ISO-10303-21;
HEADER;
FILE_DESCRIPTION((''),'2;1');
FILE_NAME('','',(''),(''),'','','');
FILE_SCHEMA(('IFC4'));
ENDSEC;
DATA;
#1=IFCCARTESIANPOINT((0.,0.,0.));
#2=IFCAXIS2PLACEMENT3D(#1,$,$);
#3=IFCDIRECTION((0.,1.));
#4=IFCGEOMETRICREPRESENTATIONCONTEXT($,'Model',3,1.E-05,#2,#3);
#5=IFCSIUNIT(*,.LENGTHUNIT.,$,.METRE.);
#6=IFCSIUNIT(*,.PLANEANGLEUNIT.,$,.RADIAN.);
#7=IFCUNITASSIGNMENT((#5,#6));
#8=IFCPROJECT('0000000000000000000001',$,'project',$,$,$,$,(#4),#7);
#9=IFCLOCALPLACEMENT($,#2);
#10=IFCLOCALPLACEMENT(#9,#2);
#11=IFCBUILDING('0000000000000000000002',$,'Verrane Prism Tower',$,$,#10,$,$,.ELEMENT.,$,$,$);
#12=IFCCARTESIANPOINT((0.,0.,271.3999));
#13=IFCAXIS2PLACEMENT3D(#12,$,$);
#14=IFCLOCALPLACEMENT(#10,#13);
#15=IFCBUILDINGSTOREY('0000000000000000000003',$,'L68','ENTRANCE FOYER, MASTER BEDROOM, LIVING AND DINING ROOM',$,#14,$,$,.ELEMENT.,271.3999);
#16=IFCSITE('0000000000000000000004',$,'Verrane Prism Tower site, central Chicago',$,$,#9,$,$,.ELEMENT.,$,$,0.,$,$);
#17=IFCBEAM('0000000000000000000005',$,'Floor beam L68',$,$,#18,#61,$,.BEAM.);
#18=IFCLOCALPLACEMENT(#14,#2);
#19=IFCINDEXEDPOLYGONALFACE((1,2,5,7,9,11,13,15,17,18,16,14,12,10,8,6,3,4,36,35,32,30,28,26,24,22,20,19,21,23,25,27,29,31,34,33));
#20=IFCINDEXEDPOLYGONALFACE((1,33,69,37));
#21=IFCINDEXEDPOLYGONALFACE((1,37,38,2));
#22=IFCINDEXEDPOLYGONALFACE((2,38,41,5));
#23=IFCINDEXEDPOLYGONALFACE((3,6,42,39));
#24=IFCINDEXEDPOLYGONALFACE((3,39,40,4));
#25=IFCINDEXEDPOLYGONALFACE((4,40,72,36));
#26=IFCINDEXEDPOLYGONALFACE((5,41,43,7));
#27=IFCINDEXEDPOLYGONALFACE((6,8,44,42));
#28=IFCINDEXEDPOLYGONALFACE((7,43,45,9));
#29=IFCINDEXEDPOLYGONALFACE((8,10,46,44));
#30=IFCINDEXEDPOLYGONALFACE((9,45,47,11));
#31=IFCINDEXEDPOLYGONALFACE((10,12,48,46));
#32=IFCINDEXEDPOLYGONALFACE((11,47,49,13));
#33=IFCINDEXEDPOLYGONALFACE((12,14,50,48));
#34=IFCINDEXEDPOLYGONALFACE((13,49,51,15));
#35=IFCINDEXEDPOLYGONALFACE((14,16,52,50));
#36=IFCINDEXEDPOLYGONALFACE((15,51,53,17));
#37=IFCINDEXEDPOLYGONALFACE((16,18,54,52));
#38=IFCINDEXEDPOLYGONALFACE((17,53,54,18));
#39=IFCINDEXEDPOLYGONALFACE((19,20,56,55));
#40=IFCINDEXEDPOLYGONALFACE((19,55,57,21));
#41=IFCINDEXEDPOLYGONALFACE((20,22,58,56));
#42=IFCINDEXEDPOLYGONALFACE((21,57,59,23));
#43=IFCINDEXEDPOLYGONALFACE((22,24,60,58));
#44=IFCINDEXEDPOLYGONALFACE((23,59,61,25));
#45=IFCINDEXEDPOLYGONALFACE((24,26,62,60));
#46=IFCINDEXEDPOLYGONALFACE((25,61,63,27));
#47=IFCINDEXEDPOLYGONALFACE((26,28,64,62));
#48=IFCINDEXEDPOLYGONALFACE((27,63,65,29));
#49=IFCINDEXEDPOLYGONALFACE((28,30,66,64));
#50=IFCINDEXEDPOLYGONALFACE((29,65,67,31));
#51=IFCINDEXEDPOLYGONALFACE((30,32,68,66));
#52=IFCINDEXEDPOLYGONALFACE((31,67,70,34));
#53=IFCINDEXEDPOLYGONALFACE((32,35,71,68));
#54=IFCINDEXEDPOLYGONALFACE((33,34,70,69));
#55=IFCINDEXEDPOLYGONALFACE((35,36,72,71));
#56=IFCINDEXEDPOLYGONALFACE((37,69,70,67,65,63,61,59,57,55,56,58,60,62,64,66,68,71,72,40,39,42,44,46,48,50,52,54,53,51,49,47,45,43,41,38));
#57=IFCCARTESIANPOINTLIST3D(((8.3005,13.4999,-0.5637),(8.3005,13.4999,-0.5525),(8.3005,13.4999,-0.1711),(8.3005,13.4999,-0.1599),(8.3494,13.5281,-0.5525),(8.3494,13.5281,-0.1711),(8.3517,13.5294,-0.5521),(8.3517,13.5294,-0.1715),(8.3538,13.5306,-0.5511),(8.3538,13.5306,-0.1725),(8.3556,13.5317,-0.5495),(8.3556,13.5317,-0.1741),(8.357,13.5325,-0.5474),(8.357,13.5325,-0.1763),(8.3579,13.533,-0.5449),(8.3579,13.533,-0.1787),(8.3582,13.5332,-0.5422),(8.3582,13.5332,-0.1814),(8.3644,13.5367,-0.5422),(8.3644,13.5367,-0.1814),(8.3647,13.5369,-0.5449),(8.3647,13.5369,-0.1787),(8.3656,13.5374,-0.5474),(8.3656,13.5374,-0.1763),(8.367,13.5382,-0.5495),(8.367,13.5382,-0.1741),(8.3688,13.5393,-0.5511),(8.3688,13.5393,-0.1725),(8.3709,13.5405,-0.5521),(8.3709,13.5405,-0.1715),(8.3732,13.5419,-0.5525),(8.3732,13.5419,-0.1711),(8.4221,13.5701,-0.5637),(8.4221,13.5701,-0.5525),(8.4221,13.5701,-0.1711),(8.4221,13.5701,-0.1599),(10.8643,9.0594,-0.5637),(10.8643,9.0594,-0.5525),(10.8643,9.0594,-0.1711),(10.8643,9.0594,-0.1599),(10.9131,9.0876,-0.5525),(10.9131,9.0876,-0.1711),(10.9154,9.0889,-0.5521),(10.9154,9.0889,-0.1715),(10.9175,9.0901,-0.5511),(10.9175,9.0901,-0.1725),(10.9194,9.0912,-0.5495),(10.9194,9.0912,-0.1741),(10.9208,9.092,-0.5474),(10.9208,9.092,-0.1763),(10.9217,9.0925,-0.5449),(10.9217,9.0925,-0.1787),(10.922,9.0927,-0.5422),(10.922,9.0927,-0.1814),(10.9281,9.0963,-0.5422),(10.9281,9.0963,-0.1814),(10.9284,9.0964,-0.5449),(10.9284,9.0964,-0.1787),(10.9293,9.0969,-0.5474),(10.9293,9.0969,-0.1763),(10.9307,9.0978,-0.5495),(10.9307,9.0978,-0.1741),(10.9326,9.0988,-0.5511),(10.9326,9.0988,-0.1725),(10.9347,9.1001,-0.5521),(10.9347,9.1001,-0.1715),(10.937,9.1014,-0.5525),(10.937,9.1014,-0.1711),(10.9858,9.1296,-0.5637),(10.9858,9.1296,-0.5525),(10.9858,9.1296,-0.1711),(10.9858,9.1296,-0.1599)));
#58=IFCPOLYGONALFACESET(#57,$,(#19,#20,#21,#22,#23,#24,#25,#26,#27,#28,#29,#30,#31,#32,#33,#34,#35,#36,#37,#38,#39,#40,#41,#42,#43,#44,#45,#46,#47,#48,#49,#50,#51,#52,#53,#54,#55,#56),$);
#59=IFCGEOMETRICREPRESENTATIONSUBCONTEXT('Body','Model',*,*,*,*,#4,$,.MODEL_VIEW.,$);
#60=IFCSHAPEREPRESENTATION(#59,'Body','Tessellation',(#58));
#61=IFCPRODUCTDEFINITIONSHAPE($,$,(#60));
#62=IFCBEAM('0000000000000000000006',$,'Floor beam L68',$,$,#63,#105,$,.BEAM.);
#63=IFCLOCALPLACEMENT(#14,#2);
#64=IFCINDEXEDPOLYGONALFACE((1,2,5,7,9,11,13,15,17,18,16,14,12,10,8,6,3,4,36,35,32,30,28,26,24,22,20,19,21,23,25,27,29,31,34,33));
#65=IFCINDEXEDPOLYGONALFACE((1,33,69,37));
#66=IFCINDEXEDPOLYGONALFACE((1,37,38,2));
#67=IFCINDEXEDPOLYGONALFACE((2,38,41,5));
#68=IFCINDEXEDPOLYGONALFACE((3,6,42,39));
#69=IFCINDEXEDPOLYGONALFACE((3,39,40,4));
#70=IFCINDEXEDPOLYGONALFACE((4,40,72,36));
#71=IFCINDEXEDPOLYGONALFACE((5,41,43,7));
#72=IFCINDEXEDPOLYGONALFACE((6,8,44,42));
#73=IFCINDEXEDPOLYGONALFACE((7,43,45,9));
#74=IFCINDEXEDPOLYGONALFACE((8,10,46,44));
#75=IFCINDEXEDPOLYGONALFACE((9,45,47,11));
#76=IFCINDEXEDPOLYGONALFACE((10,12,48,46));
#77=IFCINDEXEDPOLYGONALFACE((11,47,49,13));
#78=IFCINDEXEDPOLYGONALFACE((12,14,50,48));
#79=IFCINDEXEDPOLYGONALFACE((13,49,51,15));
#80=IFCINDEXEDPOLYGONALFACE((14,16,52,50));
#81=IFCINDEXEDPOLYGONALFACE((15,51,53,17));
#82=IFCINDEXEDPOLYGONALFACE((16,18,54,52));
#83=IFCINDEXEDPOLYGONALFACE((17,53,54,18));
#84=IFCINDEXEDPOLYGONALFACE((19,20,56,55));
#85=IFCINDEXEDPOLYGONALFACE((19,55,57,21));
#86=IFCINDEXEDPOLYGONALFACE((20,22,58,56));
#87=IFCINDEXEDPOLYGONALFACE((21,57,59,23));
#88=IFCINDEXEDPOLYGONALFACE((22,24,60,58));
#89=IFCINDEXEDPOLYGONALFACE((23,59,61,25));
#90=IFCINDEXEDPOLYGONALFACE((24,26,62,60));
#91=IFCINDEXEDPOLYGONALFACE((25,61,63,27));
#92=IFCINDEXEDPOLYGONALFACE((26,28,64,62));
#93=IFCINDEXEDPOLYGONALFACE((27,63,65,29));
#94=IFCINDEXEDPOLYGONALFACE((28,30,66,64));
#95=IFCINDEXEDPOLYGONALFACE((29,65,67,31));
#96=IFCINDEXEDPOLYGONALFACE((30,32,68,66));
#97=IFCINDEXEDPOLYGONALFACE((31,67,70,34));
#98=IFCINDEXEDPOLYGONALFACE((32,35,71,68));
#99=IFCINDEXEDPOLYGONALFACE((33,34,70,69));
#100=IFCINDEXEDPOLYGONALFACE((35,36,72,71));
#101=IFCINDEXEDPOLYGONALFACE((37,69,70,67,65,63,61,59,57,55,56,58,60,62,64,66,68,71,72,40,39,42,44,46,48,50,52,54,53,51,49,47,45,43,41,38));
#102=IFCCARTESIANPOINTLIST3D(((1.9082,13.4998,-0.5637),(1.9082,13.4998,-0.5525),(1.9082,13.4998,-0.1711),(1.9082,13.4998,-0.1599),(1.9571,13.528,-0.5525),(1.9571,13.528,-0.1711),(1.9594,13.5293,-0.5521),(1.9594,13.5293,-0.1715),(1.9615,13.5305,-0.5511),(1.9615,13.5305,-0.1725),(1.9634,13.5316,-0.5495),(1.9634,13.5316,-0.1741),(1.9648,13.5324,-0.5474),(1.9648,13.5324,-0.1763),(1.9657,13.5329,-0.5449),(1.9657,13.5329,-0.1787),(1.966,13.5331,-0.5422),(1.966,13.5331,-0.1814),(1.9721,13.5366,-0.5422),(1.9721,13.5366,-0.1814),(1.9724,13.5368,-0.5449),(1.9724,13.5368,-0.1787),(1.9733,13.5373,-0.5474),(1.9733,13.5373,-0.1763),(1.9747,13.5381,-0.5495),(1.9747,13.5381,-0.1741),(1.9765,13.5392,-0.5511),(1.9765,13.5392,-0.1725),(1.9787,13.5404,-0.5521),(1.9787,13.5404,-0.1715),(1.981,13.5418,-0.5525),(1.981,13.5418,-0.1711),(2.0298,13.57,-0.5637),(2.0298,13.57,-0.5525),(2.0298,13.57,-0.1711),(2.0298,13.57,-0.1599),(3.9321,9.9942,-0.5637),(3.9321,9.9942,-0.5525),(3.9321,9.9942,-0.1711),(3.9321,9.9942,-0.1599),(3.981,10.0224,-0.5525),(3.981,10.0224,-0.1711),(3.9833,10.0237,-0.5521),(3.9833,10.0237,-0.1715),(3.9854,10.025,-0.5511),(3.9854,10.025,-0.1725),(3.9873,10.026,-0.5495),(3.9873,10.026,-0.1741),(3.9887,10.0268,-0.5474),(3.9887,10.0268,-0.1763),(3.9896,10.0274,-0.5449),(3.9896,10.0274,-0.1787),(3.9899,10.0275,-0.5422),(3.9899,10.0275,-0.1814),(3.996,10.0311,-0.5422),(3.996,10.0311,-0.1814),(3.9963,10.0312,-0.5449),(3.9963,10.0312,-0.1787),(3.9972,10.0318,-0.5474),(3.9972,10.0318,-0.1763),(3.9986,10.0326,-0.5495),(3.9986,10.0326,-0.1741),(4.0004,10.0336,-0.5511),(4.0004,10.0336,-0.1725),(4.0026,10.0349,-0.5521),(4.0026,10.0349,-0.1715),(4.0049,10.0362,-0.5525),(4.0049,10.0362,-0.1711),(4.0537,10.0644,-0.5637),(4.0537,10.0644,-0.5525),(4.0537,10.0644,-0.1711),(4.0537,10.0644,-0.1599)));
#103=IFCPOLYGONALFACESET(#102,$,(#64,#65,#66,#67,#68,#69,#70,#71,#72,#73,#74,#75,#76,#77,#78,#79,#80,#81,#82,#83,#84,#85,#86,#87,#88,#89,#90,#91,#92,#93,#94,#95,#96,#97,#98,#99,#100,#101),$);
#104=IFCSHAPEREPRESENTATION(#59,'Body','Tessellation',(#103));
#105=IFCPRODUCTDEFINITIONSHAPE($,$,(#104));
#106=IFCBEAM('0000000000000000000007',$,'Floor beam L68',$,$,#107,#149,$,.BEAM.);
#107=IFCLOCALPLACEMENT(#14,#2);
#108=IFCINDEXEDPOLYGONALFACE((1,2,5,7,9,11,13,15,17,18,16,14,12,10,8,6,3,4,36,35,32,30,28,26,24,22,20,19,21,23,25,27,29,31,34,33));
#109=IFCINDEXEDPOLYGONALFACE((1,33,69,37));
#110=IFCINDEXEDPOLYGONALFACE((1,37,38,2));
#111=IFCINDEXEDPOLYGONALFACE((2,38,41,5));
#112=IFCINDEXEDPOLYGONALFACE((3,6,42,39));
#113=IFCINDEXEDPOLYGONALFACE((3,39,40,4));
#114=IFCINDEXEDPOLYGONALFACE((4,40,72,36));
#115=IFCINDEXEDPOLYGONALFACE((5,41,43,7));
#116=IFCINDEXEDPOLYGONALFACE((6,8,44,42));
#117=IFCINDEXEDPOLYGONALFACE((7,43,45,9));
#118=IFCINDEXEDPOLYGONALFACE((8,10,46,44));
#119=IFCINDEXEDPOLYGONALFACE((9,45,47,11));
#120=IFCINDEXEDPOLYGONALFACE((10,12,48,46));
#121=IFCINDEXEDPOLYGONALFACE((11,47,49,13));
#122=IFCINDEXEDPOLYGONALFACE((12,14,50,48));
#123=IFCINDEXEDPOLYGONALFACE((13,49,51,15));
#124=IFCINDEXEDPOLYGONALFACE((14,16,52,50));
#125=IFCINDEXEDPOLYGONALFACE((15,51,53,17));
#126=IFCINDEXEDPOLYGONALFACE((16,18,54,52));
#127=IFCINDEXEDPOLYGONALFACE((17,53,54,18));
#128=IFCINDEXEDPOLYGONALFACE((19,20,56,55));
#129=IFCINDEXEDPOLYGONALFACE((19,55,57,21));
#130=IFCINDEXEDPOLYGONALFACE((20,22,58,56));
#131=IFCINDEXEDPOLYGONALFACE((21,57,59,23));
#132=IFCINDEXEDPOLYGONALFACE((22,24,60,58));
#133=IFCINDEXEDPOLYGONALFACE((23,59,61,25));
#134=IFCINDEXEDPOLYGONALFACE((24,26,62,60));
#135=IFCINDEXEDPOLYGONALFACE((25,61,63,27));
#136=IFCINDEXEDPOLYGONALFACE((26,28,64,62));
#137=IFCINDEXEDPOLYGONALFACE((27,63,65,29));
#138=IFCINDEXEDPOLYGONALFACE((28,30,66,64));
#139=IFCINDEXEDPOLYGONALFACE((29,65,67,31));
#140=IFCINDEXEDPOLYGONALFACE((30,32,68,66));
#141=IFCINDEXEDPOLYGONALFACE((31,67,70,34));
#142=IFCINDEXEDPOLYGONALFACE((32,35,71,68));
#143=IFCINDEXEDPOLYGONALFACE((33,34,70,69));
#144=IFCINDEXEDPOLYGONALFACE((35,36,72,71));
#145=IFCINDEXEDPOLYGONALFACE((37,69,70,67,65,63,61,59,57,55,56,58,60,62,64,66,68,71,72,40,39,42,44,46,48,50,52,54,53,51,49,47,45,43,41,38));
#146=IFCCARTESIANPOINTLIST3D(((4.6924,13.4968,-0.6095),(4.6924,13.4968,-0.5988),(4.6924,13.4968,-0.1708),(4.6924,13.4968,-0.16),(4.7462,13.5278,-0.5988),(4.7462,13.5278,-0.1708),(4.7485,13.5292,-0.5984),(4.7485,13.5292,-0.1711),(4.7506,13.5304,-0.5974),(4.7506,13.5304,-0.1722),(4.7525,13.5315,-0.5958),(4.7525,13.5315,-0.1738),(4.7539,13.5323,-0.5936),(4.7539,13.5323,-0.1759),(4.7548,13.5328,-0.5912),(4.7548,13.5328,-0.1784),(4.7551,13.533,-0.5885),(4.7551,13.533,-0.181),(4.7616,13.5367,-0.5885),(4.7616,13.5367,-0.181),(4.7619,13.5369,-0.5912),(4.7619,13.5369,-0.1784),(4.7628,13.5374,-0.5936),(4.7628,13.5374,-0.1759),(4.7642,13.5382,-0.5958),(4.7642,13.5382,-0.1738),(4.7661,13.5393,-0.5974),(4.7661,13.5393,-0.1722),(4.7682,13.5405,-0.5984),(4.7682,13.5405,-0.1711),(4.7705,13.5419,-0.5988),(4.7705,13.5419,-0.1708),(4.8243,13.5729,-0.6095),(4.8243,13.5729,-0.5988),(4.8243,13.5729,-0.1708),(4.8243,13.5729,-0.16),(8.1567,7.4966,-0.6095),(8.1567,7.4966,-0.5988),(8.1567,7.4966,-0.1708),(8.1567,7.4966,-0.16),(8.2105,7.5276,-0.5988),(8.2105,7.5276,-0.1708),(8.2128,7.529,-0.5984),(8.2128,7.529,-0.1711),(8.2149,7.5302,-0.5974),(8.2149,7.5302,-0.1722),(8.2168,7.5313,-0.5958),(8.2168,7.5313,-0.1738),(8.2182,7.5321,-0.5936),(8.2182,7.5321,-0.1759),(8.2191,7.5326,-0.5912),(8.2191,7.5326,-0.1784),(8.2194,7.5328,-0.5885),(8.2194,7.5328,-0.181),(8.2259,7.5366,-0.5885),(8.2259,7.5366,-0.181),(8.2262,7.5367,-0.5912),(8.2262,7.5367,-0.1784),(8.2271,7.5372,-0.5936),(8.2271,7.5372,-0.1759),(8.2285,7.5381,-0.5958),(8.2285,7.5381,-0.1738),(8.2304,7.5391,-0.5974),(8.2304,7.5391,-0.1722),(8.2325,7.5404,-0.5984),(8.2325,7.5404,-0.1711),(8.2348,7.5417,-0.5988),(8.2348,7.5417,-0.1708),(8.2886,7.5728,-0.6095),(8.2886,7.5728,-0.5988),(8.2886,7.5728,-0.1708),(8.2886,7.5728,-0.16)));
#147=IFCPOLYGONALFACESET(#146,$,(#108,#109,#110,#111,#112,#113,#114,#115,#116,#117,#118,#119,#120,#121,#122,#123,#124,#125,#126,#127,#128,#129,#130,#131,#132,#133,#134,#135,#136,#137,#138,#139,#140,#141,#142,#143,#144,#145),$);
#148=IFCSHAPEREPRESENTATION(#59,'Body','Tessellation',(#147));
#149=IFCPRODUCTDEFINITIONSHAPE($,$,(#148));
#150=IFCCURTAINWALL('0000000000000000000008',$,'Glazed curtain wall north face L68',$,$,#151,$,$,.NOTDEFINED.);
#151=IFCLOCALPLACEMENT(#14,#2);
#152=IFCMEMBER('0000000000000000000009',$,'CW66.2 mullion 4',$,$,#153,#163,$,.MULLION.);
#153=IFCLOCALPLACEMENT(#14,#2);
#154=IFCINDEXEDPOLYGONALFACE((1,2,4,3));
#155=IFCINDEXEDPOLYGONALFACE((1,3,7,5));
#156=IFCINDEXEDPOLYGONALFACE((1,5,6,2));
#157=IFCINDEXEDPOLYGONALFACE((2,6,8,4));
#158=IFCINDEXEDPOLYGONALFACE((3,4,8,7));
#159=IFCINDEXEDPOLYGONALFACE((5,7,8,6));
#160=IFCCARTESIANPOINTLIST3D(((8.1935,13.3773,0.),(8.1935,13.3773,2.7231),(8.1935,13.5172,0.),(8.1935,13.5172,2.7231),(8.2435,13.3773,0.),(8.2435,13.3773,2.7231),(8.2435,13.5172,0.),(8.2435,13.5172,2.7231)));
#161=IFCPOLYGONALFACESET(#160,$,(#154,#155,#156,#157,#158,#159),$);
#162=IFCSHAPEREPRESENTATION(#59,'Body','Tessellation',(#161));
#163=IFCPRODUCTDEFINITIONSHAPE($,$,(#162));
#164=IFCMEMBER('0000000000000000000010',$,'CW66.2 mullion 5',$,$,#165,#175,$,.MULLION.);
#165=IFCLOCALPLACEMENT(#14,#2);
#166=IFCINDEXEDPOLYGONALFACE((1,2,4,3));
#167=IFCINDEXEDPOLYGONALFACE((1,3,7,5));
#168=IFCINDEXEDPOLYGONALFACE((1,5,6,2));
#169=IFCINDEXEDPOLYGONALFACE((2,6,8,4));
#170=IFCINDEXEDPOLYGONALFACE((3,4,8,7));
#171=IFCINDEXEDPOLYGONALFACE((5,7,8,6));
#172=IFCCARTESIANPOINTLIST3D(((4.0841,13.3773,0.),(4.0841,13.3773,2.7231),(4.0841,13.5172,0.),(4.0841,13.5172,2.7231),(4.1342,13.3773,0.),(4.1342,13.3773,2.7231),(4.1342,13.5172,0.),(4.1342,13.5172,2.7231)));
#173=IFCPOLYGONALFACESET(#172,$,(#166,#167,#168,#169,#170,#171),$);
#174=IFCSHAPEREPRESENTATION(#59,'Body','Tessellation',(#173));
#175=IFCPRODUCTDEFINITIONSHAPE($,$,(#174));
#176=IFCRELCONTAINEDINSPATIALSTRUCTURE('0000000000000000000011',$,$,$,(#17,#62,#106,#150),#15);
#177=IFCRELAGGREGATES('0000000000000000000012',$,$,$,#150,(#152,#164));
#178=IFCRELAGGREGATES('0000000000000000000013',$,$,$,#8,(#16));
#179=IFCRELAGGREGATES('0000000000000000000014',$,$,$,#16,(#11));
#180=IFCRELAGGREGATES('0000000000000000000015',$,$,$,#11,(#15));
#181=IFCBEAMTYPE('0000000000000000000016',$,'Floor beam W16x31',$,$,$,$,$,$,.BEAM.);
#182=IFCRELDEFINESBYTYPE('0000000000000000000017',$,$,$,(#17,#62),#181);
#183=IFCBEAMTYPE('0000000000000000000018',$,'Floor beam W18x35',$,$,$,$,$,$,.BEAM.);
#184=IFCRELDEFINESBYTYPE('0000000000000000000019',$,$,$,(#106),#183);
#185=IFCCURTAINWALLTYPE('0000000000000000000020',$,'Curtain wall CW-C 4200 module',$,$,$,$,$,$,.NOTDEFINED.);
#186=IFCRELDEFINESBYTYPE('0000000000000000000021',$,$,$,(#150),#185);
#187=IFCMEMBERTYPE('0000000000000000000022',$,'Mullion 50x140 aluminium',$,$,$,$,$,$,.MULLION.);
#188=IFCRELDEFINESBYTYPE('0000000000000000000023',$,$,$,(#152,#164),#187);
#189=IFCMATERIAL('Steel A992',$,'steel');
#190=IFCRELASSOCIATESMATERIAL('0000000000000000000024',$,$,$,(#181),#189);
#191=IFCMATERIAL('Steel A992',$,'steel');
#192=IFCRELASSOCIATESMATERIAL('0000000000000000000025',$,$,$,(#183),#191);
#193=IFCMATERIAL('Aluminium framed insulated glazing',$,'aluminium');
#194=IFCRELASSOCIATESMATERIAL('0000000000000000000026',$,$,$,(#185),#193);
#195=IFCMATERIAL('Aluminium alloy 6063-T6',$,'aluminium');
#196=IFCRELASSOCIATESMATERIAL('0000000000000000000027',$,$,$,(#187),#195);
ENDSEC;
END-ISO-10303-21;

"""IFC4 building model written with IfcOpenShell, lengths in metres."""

from ifc_helpers import new_model, si_unit, direction, frame, origin, origin_2d, place, context, subcontext, project, spatial, rectangle, i_section, extrude, material, material_profile, profile_set, type_object, element, aggregate, save


model = new_model("IFC4")

# Units and contexts
model_context = context("Model", 3, precision=1e-05, world=origin(), true_north=direction((0.0, 1.0)))
body_context = subcontext(model_context, "Body", "Model", "MODEL_VIEW")
ifc_project = project(units=[si_unit("LENGTHUNIT", "METRE"), si_unit("PLANEANGLEUNIT", "RADIAN")], contexts=[model_context])

# Site, building, storey
site_placement = place(None, origin())
site = spatial("IfcSite", under=ifc_project, at=site_placement, Name="Verrane Prism Tower site, central Chicago", CompositionType="ELEMENT", RefElevation=0.0)
building_placement = place(site_placement, origin())
building = spatial("IfcBuilding", under=site, at=building_placement, Name="Verrane Prism Tower", CompositionType="ELEMENT")
storey_placement = place(building_placement, frame((0.0, 0.0, 271.3999)))
storey = spatial("IfcBuildingStorey", under=building, at=storey_placement, Name="L68", Description="ENTRANCE FOYER, MASTER BEDROOM, LIVING AND DINING ROOM", CompositionType="ELEMENT", Elevation=271.3999)

# Beams
ifc_material_1 = material(Name="Steel A992", Category="steel")
ifc_material_profile_1 = material_profile(ifc_material_1, i_section(OverallWidth=0.1404, OverallDepth=0.4038, WebThickness=0.0071, FlangeThickness=0.0112, FilletRadius=0.0103, at=origin_2d()), Name="W16x31")
ifc_profile_set_1 = profile_set([ifc_material_profile_1], Name="Steel A992")
beam_type_1 = type_object("IfcBeamType", Name="Floor beam W16x31", PredefinedType="BEAM", material=ifc_profile_set_1)
beam_1_placement = place(storey_placement, frame((10.925, 9.0945, -0.3618), z_axis=(-0.500005, 0.866022, 0.0), x_axis=(-0.866022, -0.500005, 0.0)))
element("IfcBeam", 1, at=beam_1_placement, inside=storey, type_object=beam_type_1, Name="Floor beam L68", PredefinedType="BEAM", context=body_context, shape_type="SweptSolid", body=[
    extrude(i_section(OverallWidth=0.1404, OverallDepth=0.4038, WebThickness=0.0071, FlangeThickness=0.0112, FilletRadius=0.0103, at=origin_2d()), origin(), (0.0, 0.0, 1.0), 5.1274),
])
beam_2_placement = place(storey_placement, frame((3.9929, 10.0293, -0.3618), z_axis=(-0.499992, 0.86603, 0.0), x_axis=(-0.86603, -0.499992, 0.0)))
element("IfcBeam", 2, at=beam_2_placement, inside=storey, type_object=beam_type_1, Name="Floor beam L68", PredefinedType="BEAM", context=body_context, shape_type="SweptSolid", body=[
    extrude(i_section(OverallWidth=0.1404, OverallDepth=0.4038, WebThickness=0.0071, FlangeThickness=0.0112, FilletRadius=0.0103, at=origin_2d()), origin(), (0.0, 0.0, 1.0), 4.0479),
])
ifc_material_2 = material(Name="Steel A992", Category="steel")
ifc_material_profile_2 = material_profile(ifc_material_2, i_section(OverallWidth=0.1523, OverallDepth=0.4495, WebThickness=0.0076, FlangeThickness=0.0107, FilletRadius=0.0103, at=origin_2d()), Name="W18x35")
ifc_profile_set_2 = profile_set([ifc_material_profile_2], Name="Steel A992")
beam_type_2 = type_object("IfcBeamType", Name="Floor beam W18x35", PredefinedType="BEAM", material=ifc_profile_set_2)
beam_3_placement = place(storey_placement, frame((8.2227, 7.5347, -0.3848), z_axis=(-0.500012, 0.866018, 0.0), x_axis=(-0.866018, -0.500012, 0.0)))
element("IfcBeam", 3, at=beam_3_placement, inside=storey, type_object=beam_type_2, Name="Floor beam L68", PredefinedType="BEAM", context=body_context, shape_type="SweptSolid", body=[
    extrude(i_section(OverallWidth=0.1523, OverallDepth=0.4495, WebThickness=0.0076, FlangeThickness=0.0107, FilletRadius=0.0103, at=origin_2d()), origin(), (0.0, 0.0, 1.0), 6.9285),
])

# Curtain wall, members
ifc_material_3 = material(Name="Aluminium framed insulated glazing", Category="aluminium")
curtain_wall_type = type_object("IfcCurtainWallType", Name="Curtain wall CW-C 4200 module", PredefinedType="NOTDEFINED", material=ifc_material_3)
curtain_wall_placement = place(storey_placement, origin())
curtain_wall = element("IfcCurtainWall", 4, at=curtain_wall_placement, inside=storey, type_object=curtain_wall_type, Name="Glazed curtain wall north face L68", PredefinedType="NOTDEFINED")
ifc_material_4 = material(Name="Aluminium alloy 6063-T6", Category="aluminium")
ifc_material_profile_3 = material_profile(ifc_material_4, rectangle(XDim=0.1399, YDim=0.05, at=origin_2d()), Name="Mullion 50x140 aluminium")
ifc_profile_set_3 = profile_set([ifc_material_profile_3], Name="Aluminium alloy 6063-T6")
member_type_1 = type_object("IfcMemberType", Name="Mullion 50x140 aluminium", PredefinedType="MULLION", material=ifc_profile_set_3)
member_1_placement = place(storey_placement, frame((8.2185, 13.4473, 0.0), z_axis=(0.0, 0.0, 1.0), x_axis=(0.0, -1.0, 0.0)))
member_1 = element("IfcMember", 5, at=member_1_placement, type_object=member_type_1, Name="CW66.2 mullion 4", PredefinedType="MULLION", context=body_context, shape_type="SweptSolid", body=[
    extrude(rectangle(XDim=0.1399, YDim=0.05, at=origin_2d()), origin(), (0.0, 0.0, 1.0), 2.7231),
])
member_2_placement = place(storey_placement, frame((4.1091, 13.4473, 0.0), z_axis=(0.0, 0.0, 1.0), x_axis=(0.0, -1.0, 0.0)))
member_2 = element("IfcMember", 6, at=member_2_placement, type_object=member_type_1, Name="CW66.2 mullion 5", PredefinedType="MULLION", context=body_context, shape_type="SweptSolid", body=[
    extrude(rectangle(XDim=0.1399, YDim=0.05, at=origin_2d()), origin(), (0.0, 0.0, 1.0), 2.7231),
])

aggregate(curtain_wall, [member_1, member_2])

save(model, "model.ifc")
